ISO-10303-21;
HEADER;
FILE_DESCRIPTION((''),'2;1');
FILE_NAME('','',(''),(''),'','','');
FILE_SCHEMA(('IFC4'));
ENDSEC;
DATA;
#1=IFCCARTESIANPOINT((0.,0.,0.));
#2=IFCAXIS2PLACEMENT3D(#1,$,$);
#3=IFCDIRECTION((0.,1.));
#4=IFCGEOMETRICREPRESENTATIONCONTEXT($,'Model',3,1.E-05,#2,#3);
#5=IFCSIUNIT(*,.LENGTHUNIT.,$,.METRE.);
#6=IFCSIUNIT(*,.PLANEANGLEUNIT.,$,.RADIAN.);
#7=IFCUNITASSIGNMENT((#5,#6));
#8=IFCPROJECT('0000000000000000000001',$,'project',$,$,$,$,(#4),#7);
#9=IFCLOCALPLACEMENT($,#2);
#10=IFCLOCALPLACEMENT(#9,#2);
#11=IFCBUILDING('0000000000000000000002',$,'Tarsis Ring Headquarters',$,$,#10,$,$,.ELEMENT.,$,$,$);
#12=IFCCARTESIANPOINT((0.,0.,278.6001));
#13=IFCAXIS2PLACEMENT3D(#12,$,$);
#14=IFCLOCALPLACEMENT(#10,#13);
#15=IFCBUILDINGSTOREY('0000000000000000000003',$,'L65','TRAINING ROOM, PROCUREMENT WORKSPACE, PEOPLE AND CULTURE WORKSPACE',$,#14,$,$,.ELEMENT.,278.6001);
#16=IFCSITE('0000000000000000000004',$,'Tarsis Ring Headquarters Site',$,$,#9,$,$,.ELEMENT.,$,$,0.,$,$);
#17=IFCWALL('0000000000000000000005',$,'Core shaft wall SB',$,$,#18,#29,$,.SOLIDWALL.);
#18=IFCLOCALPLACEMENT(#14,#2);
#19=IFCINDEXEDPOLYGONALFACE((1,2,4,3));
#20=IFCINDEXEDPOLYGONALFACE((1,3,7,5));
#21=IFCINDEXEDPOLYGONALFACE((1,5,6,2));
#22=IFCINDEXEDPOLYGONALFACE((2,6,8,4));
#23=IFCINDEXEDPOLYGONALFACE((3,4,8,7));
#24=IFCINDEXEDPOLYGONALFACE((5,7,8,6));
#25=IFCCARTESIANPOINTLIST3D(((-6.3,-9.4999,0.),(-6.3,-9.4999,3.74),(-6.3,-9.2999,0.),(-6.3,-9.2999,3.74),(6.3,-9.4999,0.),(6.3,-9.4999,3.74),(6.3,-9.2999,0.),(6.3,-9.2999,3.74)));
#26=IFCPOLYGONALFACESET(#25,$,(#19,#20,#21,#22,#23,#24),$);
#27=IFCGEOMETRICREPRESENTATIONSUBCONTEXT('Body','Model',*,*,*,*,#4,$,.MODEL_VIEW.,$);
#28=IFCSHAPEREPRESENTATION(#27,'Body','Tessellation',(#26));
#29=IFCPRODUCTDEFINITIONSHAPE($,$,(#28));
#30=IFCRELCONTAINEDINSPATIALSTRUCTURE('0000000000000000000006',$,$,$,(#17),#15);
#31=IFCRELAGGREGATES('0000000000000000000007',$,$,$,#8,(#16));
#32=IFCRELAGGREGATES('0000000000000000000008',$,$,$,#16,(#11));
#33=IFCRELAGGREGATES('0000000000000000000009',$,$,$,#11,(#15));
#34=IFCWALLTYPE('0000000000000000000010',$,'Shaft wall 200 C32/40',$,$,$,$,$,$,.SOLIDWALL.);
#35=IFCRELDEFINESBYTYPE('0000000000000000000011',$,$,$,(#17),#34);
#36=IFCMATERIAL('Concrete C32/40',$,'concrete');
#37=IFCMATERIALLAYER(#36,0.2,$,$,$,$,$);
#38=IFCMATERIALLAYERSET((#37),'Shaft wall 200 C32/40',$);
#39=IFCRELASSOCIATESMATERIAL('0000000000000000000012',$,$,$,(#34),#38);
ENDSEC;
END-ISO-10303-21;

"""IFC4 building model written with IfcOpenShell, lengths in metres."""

from ifc_helpers import new_model, si_unit, direction, frame, frame_2d, origin, place, context, subcontext, project, spatial, rectangle, extrude, material, layer, layer_set, type_object, element, save


model = new_model("IFC4")

# Units and contexts
model_context = context("Model", 3, precision=1e-05, world=origin(), true_north=direction((0.0, 1.0)))
body_context = subcontext(model_context, "Body", "Model", "MODEL_VIEW")
ifc_project = project(units=[si_unit("LENGTHUNIT", "METRE"), si_unit("PLANEANGLEUNIT", "RADIAN")], contexts=[model_context])

# Site, building, storey
site_placement = place(None, origin())
site = spatial("IfcSite", under=ifc_project, at=site_placement, Name="Tarsis Ring Headquarters Site", CompositionType="ELEMENT", RefElevation=0.0)
building_placement = place(site_placement, origin())
building = spatial("IfcBuilding", under=site, at=building_placement, Name="Tarsis Ring Headquarters", CompositionType="ELEMENT")
storey_placement = place(building_placement, frame((0.0, 0.0, 278.6001)))
storey = spatial("IfcBuildingStorey", under=building, at=storey_placement, Name="L65", Description="TRAINING ROOM, PROCUREMENT WORKSPACE, PEOPLE AND CULTURE WORKSPACE", CompositionType="ELEMENT", Elevation=278.6001)

# Wall
ifc_material_1 = material(Name="Concrete C32/40", Category="concrete")
ifc_layer_1 = layer(ifc_material_1, 0.2)
ifc_layer_set_1 = layer_set([ifc_layer_1], Name="Shaft wall 200 C32/40")
wall_type_1 = type_object("IfcWallType", Name="Shaft wall 200 C32/40", PredefinedType="SOLIDWALL", material=ifc_layer_set_1)
wall_1_placement = place(storey_placement, frame((-6.3, -9.3999, 0.0), z_axis=(0.0, 0.0, 1.0), x_axis=(1.0, 0.0, 0.0)))
element("IfcWall", 1, at=wall_1_placement, inside=storey, type_object=wall_type_1, Name="Core shaft wall SB", PredefinedType="SOLIDWALL", context=body_context, shape_type="SweptSolid", body=[
    extrude(rectangle(XDim=12.6001, YDim=0.2, at=frame_2d((6.3, 0.0))), origin(), (0.0, 0.0, 1.0), 3.74),
])

save(model, "model.ifc")
